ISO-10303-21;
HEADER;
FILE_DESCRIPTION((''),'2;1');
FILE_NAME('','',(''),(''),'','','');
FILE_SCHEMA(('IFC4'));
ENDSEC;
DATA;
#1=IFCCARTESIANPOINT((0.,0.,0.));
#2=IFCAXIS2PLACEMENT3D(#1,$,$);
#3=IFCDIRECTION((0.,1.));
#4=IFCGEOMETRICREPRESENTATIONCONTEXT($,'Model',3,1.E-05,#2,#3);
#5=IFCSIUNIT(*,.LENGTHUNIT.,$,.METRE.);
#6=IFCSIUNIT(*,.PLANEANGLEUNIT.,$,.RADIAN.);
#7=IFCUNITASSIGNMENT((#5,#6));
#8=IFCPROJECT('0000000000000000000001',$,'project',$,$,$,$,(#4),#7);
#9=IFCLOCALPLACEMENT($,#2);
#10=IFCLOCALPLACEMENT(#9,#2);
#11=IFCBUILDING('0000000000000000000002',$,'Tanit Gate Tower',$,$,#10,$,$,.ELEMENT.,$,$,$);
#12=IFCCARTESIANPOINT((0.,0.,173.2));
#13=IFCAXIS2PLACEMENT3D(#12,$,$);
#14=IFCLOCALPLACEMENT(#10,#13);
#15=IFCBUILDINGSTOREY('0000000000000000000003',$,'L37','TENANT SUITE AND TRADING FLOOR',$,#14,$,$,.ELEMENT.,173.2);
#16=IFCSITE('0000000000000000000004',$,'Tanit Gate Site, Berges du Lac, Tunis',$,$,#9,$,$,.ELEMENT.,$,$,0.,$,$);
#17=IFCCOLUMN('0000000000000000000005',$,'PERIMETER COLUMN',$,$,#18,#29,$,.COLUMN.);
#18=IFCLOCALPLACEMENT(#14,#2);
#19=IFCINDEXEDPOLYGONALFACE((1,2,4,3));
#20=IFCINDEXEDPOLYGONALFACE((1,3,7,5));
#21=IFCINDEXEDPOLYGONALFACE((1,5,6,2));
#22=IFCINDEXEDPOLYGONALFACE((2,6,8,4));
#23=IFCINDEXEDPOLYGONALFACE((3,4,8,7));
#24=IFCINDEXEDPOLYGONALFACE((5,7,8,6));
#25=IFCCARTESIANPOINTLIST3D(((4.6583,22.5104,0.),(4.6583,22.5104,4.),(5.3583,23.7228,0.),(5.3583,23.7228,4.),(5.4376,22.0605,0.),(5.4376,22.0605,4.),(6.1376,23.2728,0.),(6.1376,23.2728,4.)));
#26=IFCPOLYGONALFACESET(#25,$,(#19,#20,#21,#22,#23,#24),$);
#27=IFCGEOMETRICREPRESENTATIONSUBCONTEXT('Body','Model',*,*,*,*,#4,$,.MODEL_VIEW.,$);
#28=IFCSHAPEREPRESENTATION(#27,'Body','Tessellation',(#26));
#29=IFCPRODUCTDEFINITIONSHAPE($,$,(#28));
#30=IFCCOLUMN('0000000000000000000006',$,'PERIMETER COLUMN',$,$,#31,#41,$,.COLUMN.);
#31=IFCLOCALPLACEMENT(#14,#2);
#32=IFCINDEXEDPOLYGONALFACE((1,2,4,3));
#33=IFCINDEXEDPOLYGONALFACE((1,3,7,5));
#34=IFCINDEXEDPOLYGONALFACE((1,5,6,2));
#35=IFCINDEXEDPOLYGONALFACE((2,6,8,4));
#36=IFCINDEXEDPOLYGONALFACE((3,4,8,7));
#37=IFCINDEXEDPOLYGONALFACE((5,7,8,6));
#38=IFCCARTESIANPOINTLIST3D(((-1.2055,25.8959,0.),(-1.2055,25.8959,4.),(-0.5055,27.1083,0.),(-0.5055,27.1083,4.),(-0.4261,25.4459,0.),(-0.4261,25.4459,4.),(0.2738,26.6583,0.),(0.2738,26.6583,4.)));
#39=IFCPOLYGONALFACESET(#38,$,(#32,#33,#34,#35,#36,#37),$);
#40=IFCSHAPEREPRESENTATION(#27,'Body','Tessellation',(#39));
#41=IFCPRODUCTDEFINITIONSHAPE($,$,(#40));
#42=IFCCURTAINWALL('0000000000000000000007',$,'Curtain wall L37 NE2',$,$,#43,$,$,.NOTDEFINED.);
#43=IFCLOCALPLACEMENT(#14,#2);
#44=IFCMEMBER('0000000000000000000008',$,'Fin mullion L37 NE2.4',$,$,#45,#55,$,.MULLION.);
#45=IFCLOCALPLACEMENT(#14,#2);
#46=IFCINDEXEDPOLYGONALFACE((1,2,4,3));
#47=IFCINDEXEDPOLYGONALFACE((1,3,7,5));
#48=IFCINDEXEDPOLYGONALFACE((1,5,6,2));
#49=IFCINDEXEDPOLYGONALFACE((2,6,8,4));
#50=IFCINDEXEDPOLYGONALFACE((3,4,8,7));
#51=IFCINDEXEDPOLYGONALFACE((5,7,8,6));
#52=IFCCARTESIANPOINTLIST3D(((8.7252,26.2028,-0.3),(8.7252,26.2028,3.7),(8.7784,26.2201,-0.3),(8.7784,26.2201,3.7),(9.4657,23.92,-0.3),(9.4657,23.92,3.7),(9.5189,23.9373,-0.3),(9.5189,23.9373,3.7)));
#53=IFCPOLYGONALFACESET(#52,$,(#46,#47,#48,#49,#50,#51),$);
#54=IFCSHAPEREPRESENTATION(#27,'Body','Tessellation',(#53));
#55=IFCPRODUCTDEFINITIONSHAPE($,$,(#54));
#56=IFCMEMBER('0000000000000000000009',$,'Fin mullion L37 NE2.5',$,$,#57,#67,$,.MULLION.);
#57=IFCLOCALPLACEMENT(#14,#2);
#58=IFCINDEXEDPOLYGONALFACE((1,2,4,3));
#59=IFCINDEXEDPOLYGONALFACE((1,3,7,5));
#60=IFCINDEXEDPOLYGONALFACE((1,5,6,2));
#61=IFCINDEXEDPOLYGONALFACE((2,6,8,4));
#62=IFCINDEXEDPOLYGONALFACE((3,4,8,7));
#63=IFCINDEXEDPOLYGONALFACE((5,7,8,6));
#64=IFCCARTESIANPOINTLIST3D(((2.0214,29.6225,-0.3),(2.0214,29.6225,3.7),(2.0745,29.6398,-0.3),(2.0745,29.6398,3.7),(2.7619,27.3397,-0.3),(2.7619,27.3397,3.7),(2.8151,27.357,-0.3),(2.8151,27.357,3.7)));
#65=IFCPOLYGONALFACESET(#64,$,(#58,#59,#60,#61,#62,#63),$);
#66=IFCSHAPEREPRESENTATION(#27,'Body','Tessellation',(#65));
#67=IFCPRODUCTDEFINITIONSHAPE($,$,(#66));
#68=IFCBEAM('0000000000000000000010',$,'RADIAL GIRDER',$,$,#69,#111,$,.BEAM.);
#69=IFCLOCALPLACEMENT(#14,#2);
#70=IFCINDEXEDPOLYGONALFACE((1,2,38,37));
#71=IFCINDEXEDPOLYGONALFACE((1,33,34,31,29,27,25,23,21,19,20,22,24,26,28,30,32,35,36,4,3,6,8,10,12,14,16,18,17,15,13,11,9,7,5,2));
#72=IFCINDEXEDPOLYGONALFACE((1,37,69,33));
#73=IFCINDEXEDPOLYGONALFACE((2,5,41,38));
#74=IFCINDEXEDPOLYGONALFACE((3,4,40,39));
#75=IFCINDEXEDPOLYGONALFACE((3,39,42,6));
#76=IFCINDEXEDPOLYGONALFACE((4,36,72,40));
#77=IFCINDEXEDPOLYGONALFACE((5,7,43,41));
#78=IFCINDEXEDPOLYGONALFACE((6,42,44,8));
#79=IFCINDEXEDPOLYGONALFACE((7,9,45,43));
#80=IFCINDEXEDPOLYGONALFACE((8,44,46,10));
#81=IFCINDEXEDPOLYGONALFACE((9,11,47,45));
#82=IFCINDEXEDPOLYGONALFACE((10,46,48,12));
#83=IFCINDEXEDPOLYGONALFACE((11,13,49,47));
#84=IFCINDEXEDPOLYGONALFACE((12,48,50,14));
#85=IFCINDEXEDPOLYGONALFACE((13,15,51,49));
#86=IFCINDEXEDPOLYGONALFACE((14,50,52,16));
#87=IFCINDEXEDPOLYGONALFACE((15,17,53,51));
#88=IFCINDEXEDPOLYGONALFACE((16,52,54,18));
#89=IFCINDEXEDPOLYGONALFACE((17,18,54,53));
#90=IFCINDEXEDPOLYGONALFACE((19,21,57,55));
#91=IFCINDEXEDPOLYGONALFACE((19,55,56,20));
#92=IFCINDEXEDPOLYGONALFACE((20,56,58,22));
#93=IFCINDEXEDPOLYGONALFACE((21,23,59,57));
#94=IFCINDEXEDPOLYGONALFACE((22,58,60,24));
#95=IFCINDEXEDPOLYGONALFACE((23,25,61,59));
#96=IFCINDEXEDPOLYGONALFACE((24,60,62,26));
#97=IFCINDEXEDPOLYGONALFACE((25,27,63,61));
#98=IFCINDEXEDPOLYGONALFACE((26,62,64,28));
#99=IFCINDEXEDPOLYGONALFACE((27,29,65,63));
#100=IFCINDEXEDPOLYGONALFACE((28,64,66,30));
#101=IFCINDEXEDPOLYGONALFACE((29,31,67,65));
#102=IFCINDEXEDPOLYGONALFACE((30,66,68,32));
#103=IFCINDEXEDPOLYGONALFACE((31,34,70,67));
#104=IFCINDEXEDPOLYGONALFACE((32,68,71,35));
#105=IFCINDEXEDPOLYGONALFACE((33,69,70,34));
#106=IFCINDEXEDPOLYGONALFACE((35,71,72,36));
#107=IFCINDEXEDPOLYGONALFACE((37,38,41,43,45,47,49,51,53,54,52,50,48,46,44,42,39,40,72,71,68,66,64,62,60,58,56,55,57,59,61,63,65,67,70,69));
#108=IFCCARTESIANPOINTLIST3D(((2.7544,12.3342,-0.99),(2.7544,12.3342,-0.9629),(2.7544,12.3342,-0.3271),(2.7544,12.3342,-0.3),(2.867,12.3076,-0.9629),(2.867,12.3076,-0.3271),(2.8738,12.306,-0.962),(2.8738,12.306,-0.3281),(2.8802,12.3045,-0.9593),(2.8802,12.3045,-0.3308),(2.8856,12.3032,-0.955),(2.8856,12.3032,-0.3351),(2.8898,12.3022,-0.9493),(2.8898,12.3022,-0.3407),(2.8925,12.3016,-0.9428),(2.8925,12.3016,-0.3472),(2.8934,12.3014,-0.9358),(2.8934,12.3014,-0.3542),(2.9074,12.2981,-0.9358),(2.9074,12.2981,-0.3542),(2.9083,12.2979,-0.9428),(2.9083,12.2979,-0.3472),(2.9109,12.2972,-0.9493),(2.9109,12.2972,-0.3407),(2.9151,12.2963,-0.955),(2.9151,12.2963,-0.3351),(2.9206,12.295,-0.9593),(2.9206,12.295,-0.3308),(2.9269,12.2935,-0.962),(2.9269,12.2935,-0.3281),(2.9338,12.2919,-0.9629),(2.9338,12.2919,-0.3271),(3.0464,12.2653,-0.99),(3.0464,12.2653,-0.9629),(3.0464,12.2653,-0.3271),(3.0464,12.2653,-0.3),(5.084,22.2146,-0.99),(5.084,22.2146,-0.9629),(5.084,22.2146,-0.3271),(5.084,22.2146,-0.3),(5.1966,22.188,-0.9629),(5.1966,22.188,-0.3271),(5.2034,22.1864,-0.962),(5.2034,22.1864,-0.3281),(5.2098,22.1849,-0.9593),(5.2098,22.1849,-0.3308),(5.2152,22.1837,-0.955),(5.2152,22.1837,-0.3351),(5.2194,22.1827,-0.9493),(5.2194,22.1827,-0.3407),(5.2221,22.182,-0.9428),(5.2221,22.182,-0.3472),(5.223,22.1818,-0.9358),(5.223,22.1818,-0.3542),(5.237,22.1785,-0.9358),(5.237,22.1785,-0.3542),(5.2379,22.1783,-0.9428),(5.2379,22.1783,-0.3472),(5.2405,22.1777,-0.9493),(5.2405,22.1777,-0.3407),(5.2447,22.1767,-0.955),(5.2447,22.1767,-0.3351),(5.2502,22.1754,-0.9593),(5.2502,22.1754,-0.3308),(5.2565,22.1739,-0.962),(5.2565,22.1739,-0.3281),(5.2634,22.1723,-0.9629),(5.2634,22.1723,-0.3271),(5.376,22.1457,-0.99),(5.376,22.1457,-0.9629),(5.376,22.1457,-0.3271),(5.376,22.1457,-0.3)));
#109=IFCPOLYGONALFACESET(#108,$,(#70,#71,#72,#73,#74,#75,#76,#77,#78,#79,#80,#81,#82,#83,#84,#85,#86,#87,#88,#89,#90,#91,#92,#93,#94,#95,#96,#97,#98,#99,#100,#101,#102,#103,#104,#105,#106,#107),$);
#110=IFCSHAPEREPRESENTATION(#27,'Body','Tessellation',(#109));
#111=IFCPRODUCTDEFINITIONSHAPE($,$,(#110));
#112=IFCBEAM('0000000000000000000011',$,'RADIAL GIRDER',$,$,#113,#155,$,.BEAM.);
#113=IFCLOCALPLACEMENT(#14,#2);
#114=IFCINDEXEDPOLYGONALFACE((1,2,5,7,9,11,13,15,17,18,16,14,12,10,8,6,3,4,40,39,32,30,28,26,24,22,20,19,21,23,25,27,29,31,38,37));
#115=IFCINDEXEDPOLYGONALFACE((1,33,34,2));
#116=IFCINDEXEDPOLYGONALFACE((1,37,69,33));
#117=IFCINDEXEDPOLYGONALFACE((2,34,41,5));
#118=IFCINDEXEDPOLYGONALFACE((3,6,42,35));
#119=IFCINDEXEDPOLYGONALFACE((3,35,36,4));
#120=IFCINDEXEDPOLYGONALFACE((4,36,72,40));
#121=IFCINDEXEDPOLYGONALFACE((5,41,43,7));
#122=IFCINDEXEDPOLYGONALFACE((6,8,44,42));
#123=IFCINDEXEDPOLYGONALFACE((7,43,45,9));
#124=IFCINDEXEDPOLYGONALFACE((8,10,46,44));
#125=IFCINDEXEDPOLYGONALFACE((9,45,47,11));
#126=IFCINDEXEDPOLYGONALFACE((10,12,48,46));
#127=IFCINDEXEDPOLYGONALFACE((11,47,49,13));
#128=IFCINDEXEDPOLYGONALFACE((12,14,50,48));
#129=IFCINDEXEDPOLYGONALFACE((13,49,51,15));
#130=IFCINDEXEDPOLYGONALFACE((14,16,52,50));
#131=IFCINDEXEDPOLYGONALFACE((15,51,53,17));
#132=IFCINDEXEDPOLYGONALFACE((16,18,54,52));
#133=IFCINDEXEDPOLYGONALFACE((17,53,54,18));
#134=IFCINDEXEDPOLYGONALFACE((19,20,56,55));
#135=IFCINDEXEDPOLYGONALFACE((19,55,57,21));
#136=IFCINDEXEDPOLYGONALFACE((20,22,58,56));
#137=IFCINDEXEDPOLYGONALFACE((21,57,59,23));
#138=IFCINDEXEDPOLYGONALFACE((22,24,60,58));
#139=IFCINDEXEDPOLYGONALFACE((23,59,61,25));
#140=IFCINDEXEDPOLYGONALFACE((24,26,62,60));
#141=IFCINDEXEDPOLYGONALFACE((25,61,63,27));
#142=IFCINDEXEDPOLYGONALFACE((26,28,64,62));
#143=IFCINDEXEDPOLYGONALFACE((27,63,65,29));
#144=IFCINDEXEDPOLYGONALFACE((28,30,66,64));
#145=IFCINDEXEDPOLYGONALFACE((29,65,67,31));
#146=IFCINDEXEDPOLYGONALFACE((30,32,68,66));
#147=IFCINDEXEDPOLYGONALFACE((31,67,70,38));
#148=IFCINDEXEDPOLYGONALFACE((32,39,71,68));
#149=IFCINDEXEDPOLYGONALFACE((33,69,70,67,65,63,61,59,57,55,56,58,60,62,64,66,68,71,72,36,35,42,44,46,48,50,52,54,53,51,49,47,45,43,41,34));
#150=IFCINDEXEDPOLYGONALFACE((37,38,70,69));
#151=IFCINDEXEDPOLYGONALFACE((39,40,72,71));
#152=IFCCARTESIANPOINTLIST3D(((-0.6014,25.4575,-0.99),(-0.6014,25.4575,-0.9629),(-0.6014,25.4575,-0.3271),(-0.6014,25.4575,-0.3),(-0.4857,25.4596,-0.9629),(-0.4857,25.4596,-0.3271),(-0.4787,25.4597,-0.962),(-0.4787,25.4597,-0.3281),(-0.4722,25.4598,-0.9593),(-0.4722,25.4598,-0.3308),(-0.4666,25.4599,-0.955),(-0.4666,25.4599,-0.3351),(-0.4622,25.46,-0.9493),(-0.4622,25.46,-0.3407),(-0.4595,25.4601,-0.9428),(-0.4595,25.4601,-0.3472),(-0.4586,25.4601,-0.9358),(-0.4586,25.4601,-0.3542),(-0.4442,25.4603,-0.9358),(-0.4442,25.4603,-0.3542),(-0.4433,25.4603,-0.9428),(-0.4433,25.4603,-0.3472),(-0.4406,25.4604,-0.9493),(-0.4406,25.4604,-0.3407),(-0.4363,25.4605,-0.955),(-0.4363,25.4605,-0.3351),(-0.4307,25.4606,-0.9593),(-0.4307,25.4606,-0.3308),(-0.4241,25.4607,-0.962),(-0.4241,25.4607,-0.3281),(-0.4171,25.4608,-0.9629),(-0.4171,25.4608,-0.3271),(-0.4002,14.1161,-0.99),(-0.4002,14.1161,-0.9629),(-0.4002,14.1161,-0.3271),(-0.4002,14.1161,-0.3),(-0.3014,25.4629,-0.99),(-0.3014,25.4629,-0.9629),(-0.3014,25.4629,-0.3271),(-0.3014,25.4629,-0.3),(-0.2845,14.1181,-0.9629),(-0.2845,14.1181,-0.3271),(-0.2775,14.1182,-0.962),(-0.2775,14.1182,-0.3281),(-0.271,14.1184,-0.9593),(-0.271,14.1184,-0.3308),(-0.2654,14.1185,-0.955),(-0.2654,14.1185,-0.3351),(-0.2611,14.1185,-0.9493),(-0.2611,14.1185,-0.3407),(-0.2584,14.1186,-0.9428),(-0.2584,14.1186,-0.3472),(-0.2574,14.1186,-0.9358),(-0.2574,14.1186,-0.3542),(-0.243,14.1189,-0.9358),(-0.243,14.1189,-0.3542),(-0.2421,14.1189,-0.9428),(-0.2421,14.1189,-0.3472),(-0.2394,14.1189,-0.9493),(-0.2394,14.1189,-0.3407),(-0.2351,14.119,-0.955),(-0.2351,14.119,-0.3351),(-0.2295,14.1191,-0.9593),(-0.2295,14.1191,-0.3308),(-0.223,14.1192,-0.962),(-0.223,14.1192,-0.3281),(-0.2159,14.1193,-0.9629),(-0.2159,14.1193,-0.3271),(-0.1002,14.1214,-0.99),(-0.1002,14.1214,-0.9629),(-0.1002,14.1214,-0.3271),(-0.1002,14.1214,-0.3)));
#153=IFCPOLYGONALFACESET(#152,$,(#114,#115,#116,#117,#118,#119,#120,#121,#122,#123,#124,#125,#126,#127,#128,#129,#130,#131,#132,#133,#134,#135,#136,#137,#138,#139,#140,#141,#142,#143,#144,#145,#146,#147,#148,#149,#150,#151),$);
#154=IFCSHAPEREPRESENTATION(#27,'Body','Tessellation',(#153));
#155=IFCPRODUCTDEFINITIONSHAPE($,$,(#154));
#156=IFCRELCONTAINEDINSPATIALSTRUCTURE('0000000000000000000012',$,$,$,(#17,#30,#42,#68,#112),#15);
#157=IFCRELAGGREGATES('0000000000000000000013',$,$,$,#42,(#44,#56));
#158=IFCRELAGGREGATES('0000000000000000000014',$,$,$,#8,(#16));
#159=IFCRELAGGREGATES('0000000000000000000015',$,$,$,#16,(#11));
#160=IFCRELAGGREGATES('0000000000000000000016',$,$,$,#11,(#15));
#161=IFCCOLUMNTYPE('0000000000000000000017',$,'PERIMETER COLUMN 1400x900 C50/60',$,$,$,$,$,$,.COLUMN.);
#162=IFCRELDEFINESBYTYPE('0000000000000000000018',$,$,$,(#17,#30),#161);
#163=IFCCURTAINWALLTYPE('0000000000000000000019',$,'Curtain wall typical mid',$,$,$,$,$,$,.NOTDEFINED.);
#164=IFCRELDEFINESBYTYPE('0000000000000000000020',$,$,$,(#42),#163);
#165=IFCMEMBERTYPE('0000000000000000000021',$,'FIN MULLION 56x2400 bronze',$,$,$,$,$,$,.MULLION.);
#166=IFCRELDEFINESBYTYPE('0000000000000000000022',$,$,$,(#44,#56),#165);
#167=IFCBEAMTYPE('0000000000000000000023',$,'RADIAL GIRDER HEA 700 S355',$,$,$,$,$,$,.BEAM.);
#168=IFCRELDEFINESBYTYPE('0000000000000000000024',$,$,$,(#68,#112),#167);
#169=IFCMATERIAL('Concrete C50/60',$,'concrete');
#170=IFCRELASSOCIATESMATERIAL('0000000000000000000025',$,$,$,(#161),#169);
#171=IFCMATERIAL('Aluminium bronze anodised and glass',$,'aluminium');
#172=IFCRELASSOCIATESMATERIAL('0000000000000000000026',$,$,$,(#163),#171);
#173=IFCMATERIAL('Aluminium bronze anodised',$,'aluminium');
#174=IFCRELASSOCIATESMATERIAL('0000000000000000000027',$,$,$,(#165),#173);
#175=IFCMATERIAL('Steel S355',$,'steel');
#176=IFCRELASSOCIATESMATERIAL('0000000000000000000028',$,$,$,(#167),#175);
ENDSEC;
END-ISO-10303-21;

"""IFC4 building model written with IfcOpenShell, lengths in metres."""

from ifc_helpers import new_model, si_unit, direction, frame, origin, origin_2d, place, context, subcontext, project, spatial, rectangle, i_section, extrude, material, material_profile, profile_set, type_object, element, aggregate, save


model = new_model("IFC4")

# Units and contexts
model_context = context("Model", 3, precision=1e-05, world=origin(), true_north=direction((0.0, 1.0)))
body_context = subcontext(model_context, "Body", "Model", "MODEL_VIEW")
ifc_project = project(units=[si_unit("LENGTHUNIT", "METRE"), si_unit("PLANEANGLEUNIT", "RADIAN")], contexts=[model_context])

# Site, building, storey
site_placement = place(None, origin())
site = spatial("IfcSite", under=ifc_project, at=site_placement, Name="Tanit Gate Site, Berges du Lac, Tunis", CompositionType="ELEMENT", RefElevation=0.0)
building_placement = place(site_placement, origin())
building = spatial("IfcBuilding", under=site, at=building_placement, Name="Tanit Gate Tower", CompositionType="ELEMENT")
storey_placement = place(building_placement, frame((0.0, 0.0, 173.2)))
storey = spatial("IfcBuildingStorey", under=building, at=storey_placement, Name="L37", Description="TENANT SUITE AND TRADING FLOOR", CompositionType="ELEMENT", Elevation=173.2)

# Columns
ifc_material_1 = material(Name="Concrete C50/60", Category="concrete")
ifc_material_profile_1 = material_profile(ifc_material_1, rectangle(XDim=1.3999, YDim=0.8999, at=origin_2d()), Name="RC 1400x900")
ifc_profile_set_1 = profile_set([ifc_material_profile_1], Name="Concrete C50/60")
column_type = type_object("IfcColumnType", Name="PERIMETER COLUMN 1400x900 C50/60", PredefinedType="COLUMN", material=ifc_profile_set_1)
for number, where, z_axis, x_axis, name in (
    (1, (5.3979, 22.8916, 0.0), (0.0, 0.0, 1.0), (0.5, 0.866025, 0.0), "PERIMETER COLUMN"),
    (2, (-0.4658, 26.2771, 0.0), (0.0, 0.0, 1.0), (0.5, 0.866025, 0.0), "PERIMETER COLUMN"),
):
    element("IfcColumn", number, at=place(storey_placement, frame(where, z_axis=z_axis, x_axis=x_axis)), inside=storey, type_object=column_type, Name=name, PredefinedType="COLUMN", context=body_context, shape_type="SweptSolid", body=[
        extrude(rectangle(XDim=1.3999, YDim=0.8999, at=origin_2d()), origin(), (0.0, 0.0, 1.0), 4.0),
    ])

# Curtain wall, members
ifc_material_2 = material(Name="Aluminium bronze anodised and glass", Category="aluminium")
curtain_wall_type = type_object("IfcCurtainWallType", Name="Curtain wall typical mid", PredefinedType="NOTDEFINED", material=ifc_material_2)
curtain_wall_placement = place(storey_placement, origin())
curtain_wall = element("IfcCurtainWall", 3, at=curtain_wall_placement, inside=storey, type_object=curtain_wall_type, Name="Curtain wall L37 NE2", PredefinedType="NOTDEFINED")
ifc_material_3 = material(Name="Aluminium bronze anodised", Category="aluminium")
ifc_material_profile_2 = material_profile(ifc_material_3, rectangle(XDim=2.3999, YDim=0.0559, at=origin_2d()), Name="56x2400 bronze fin mullion")
ifc_profile_set_2 = profile_set([ifc_material_profile_2], Name="Aluminium bronze anodised")
member_type_1 = type_object("IfcMemberType", Name="FIN MULLION 56x2400 bronze", PredefinedType="MULLION", material=ifc_profile_set_2)
member_1_placement = place(storey_placement, frame((9.1221, 25.0701, -0.3), z_axis=(0.0, 0.0, 1.0), x_axis=(0.308568, -0.951202, 0.0)))
member_1 = element("IfcMember", 4, at=member_1_placement, type_object=member_type_1, Name="Fin mullion L37 NE2.4", PredefinedType="MULLION", context=body_context, shape_type="SweptSolid", body=[
    extrude(rectangle(XDim=2.3999, YDim=0.0559, at=origin_2d()), origin(), (0.0, 0.0, 1.0), 4.0),
])
member_2_placement = place(storey_placement, frame((2.4182, 28.4897, -0.3), z_axis=(0.0, 0.0, 1.0), x_axis=(0.308568, -0.951202, 0.0)))
member_2 = element("IfcMember", 5, at=member_2_placement, type_object=member_type_1, Name="Fin mullion L37 NE2.5", PredefinedType="MULLION", context=body_context, shape_type="SweptSolid", body=[
    extrude(rectangle(XDim=2.3999, YDim=0.0559, at=origin_2d()), origin(), (0.0, 0.0, 1.0), 4.0),
])

# Beams
ifc_material_4 = material(Name="Steel S355", Category="steel")
ifc_material_profile_3 = material_profile(ifc_material_4, i_section(OverallWidth=0.3, OverallDepth=0.6899, WebThickness=0.0144, FlangeThickness=0.0271, FilletRadius=0.0271, at=origin_2d()), Name="HEA 700")
ifc_profile_set_3 = profile_set([ifc_material_profile_3], Name="Steel S355")
beam_type_1 = type_object("IfcBeamType", Name="RADIAL GIRDER HEA 700 S355", PredefinedType="BEAM", material=ifc_profile_set_3)
beam_1_placement = place(storey_placement, frame((5.23, 22.1802, -0.645), z_axis=(-0.229487, -0.973312, 0.0), x_axis=(0.973312, -0.229487, 0.0)))
element("IfcBeam", 6, at=beam_1_placement, inside=storey, type_object=beam_type_1, Name="RADIAL GIRDER", PredefinedType="BEAM", context=body_context, shape_type="SweptSolid", body=[
    extrude(i_section(OverallWidth=0.3, OverallDepth=0.6899, WebThickness=0.0144, FlangeThickness=0.0271, FilletRadius=0.0271, at=origin_2d()), origin(), (0.0, 0.0, 1.0), 10.1514),
])
beam_2_placement = place(storey_placement, frame((-0.4514, 25.4602, -0.645), z_axis=(0.017735, -0.999843, 0.0), x_axis=(0.999843, 0.017735, 0.0)))
element("IfcBeam", 7, at=beam_2_placement, inside=storey, type_object=beam_type_1, Name="RADIAL GIRDER", PredefinedType="BEAM", context=body_context, shape_type="SweptSolid", body=[
    extrude(i_section(OverallWidth=0.3, OverallDepth=0.6899, WebThickness=0.0144, FlangeThickness=0.0271, FilletRadius=0.0271, at=origin_2d()), origin(), (0.0, 0.0, 1.0), 11.3433),
])

aggregate(curtain_wall, [member_1, member_2])

save(model, "model.ifc")
